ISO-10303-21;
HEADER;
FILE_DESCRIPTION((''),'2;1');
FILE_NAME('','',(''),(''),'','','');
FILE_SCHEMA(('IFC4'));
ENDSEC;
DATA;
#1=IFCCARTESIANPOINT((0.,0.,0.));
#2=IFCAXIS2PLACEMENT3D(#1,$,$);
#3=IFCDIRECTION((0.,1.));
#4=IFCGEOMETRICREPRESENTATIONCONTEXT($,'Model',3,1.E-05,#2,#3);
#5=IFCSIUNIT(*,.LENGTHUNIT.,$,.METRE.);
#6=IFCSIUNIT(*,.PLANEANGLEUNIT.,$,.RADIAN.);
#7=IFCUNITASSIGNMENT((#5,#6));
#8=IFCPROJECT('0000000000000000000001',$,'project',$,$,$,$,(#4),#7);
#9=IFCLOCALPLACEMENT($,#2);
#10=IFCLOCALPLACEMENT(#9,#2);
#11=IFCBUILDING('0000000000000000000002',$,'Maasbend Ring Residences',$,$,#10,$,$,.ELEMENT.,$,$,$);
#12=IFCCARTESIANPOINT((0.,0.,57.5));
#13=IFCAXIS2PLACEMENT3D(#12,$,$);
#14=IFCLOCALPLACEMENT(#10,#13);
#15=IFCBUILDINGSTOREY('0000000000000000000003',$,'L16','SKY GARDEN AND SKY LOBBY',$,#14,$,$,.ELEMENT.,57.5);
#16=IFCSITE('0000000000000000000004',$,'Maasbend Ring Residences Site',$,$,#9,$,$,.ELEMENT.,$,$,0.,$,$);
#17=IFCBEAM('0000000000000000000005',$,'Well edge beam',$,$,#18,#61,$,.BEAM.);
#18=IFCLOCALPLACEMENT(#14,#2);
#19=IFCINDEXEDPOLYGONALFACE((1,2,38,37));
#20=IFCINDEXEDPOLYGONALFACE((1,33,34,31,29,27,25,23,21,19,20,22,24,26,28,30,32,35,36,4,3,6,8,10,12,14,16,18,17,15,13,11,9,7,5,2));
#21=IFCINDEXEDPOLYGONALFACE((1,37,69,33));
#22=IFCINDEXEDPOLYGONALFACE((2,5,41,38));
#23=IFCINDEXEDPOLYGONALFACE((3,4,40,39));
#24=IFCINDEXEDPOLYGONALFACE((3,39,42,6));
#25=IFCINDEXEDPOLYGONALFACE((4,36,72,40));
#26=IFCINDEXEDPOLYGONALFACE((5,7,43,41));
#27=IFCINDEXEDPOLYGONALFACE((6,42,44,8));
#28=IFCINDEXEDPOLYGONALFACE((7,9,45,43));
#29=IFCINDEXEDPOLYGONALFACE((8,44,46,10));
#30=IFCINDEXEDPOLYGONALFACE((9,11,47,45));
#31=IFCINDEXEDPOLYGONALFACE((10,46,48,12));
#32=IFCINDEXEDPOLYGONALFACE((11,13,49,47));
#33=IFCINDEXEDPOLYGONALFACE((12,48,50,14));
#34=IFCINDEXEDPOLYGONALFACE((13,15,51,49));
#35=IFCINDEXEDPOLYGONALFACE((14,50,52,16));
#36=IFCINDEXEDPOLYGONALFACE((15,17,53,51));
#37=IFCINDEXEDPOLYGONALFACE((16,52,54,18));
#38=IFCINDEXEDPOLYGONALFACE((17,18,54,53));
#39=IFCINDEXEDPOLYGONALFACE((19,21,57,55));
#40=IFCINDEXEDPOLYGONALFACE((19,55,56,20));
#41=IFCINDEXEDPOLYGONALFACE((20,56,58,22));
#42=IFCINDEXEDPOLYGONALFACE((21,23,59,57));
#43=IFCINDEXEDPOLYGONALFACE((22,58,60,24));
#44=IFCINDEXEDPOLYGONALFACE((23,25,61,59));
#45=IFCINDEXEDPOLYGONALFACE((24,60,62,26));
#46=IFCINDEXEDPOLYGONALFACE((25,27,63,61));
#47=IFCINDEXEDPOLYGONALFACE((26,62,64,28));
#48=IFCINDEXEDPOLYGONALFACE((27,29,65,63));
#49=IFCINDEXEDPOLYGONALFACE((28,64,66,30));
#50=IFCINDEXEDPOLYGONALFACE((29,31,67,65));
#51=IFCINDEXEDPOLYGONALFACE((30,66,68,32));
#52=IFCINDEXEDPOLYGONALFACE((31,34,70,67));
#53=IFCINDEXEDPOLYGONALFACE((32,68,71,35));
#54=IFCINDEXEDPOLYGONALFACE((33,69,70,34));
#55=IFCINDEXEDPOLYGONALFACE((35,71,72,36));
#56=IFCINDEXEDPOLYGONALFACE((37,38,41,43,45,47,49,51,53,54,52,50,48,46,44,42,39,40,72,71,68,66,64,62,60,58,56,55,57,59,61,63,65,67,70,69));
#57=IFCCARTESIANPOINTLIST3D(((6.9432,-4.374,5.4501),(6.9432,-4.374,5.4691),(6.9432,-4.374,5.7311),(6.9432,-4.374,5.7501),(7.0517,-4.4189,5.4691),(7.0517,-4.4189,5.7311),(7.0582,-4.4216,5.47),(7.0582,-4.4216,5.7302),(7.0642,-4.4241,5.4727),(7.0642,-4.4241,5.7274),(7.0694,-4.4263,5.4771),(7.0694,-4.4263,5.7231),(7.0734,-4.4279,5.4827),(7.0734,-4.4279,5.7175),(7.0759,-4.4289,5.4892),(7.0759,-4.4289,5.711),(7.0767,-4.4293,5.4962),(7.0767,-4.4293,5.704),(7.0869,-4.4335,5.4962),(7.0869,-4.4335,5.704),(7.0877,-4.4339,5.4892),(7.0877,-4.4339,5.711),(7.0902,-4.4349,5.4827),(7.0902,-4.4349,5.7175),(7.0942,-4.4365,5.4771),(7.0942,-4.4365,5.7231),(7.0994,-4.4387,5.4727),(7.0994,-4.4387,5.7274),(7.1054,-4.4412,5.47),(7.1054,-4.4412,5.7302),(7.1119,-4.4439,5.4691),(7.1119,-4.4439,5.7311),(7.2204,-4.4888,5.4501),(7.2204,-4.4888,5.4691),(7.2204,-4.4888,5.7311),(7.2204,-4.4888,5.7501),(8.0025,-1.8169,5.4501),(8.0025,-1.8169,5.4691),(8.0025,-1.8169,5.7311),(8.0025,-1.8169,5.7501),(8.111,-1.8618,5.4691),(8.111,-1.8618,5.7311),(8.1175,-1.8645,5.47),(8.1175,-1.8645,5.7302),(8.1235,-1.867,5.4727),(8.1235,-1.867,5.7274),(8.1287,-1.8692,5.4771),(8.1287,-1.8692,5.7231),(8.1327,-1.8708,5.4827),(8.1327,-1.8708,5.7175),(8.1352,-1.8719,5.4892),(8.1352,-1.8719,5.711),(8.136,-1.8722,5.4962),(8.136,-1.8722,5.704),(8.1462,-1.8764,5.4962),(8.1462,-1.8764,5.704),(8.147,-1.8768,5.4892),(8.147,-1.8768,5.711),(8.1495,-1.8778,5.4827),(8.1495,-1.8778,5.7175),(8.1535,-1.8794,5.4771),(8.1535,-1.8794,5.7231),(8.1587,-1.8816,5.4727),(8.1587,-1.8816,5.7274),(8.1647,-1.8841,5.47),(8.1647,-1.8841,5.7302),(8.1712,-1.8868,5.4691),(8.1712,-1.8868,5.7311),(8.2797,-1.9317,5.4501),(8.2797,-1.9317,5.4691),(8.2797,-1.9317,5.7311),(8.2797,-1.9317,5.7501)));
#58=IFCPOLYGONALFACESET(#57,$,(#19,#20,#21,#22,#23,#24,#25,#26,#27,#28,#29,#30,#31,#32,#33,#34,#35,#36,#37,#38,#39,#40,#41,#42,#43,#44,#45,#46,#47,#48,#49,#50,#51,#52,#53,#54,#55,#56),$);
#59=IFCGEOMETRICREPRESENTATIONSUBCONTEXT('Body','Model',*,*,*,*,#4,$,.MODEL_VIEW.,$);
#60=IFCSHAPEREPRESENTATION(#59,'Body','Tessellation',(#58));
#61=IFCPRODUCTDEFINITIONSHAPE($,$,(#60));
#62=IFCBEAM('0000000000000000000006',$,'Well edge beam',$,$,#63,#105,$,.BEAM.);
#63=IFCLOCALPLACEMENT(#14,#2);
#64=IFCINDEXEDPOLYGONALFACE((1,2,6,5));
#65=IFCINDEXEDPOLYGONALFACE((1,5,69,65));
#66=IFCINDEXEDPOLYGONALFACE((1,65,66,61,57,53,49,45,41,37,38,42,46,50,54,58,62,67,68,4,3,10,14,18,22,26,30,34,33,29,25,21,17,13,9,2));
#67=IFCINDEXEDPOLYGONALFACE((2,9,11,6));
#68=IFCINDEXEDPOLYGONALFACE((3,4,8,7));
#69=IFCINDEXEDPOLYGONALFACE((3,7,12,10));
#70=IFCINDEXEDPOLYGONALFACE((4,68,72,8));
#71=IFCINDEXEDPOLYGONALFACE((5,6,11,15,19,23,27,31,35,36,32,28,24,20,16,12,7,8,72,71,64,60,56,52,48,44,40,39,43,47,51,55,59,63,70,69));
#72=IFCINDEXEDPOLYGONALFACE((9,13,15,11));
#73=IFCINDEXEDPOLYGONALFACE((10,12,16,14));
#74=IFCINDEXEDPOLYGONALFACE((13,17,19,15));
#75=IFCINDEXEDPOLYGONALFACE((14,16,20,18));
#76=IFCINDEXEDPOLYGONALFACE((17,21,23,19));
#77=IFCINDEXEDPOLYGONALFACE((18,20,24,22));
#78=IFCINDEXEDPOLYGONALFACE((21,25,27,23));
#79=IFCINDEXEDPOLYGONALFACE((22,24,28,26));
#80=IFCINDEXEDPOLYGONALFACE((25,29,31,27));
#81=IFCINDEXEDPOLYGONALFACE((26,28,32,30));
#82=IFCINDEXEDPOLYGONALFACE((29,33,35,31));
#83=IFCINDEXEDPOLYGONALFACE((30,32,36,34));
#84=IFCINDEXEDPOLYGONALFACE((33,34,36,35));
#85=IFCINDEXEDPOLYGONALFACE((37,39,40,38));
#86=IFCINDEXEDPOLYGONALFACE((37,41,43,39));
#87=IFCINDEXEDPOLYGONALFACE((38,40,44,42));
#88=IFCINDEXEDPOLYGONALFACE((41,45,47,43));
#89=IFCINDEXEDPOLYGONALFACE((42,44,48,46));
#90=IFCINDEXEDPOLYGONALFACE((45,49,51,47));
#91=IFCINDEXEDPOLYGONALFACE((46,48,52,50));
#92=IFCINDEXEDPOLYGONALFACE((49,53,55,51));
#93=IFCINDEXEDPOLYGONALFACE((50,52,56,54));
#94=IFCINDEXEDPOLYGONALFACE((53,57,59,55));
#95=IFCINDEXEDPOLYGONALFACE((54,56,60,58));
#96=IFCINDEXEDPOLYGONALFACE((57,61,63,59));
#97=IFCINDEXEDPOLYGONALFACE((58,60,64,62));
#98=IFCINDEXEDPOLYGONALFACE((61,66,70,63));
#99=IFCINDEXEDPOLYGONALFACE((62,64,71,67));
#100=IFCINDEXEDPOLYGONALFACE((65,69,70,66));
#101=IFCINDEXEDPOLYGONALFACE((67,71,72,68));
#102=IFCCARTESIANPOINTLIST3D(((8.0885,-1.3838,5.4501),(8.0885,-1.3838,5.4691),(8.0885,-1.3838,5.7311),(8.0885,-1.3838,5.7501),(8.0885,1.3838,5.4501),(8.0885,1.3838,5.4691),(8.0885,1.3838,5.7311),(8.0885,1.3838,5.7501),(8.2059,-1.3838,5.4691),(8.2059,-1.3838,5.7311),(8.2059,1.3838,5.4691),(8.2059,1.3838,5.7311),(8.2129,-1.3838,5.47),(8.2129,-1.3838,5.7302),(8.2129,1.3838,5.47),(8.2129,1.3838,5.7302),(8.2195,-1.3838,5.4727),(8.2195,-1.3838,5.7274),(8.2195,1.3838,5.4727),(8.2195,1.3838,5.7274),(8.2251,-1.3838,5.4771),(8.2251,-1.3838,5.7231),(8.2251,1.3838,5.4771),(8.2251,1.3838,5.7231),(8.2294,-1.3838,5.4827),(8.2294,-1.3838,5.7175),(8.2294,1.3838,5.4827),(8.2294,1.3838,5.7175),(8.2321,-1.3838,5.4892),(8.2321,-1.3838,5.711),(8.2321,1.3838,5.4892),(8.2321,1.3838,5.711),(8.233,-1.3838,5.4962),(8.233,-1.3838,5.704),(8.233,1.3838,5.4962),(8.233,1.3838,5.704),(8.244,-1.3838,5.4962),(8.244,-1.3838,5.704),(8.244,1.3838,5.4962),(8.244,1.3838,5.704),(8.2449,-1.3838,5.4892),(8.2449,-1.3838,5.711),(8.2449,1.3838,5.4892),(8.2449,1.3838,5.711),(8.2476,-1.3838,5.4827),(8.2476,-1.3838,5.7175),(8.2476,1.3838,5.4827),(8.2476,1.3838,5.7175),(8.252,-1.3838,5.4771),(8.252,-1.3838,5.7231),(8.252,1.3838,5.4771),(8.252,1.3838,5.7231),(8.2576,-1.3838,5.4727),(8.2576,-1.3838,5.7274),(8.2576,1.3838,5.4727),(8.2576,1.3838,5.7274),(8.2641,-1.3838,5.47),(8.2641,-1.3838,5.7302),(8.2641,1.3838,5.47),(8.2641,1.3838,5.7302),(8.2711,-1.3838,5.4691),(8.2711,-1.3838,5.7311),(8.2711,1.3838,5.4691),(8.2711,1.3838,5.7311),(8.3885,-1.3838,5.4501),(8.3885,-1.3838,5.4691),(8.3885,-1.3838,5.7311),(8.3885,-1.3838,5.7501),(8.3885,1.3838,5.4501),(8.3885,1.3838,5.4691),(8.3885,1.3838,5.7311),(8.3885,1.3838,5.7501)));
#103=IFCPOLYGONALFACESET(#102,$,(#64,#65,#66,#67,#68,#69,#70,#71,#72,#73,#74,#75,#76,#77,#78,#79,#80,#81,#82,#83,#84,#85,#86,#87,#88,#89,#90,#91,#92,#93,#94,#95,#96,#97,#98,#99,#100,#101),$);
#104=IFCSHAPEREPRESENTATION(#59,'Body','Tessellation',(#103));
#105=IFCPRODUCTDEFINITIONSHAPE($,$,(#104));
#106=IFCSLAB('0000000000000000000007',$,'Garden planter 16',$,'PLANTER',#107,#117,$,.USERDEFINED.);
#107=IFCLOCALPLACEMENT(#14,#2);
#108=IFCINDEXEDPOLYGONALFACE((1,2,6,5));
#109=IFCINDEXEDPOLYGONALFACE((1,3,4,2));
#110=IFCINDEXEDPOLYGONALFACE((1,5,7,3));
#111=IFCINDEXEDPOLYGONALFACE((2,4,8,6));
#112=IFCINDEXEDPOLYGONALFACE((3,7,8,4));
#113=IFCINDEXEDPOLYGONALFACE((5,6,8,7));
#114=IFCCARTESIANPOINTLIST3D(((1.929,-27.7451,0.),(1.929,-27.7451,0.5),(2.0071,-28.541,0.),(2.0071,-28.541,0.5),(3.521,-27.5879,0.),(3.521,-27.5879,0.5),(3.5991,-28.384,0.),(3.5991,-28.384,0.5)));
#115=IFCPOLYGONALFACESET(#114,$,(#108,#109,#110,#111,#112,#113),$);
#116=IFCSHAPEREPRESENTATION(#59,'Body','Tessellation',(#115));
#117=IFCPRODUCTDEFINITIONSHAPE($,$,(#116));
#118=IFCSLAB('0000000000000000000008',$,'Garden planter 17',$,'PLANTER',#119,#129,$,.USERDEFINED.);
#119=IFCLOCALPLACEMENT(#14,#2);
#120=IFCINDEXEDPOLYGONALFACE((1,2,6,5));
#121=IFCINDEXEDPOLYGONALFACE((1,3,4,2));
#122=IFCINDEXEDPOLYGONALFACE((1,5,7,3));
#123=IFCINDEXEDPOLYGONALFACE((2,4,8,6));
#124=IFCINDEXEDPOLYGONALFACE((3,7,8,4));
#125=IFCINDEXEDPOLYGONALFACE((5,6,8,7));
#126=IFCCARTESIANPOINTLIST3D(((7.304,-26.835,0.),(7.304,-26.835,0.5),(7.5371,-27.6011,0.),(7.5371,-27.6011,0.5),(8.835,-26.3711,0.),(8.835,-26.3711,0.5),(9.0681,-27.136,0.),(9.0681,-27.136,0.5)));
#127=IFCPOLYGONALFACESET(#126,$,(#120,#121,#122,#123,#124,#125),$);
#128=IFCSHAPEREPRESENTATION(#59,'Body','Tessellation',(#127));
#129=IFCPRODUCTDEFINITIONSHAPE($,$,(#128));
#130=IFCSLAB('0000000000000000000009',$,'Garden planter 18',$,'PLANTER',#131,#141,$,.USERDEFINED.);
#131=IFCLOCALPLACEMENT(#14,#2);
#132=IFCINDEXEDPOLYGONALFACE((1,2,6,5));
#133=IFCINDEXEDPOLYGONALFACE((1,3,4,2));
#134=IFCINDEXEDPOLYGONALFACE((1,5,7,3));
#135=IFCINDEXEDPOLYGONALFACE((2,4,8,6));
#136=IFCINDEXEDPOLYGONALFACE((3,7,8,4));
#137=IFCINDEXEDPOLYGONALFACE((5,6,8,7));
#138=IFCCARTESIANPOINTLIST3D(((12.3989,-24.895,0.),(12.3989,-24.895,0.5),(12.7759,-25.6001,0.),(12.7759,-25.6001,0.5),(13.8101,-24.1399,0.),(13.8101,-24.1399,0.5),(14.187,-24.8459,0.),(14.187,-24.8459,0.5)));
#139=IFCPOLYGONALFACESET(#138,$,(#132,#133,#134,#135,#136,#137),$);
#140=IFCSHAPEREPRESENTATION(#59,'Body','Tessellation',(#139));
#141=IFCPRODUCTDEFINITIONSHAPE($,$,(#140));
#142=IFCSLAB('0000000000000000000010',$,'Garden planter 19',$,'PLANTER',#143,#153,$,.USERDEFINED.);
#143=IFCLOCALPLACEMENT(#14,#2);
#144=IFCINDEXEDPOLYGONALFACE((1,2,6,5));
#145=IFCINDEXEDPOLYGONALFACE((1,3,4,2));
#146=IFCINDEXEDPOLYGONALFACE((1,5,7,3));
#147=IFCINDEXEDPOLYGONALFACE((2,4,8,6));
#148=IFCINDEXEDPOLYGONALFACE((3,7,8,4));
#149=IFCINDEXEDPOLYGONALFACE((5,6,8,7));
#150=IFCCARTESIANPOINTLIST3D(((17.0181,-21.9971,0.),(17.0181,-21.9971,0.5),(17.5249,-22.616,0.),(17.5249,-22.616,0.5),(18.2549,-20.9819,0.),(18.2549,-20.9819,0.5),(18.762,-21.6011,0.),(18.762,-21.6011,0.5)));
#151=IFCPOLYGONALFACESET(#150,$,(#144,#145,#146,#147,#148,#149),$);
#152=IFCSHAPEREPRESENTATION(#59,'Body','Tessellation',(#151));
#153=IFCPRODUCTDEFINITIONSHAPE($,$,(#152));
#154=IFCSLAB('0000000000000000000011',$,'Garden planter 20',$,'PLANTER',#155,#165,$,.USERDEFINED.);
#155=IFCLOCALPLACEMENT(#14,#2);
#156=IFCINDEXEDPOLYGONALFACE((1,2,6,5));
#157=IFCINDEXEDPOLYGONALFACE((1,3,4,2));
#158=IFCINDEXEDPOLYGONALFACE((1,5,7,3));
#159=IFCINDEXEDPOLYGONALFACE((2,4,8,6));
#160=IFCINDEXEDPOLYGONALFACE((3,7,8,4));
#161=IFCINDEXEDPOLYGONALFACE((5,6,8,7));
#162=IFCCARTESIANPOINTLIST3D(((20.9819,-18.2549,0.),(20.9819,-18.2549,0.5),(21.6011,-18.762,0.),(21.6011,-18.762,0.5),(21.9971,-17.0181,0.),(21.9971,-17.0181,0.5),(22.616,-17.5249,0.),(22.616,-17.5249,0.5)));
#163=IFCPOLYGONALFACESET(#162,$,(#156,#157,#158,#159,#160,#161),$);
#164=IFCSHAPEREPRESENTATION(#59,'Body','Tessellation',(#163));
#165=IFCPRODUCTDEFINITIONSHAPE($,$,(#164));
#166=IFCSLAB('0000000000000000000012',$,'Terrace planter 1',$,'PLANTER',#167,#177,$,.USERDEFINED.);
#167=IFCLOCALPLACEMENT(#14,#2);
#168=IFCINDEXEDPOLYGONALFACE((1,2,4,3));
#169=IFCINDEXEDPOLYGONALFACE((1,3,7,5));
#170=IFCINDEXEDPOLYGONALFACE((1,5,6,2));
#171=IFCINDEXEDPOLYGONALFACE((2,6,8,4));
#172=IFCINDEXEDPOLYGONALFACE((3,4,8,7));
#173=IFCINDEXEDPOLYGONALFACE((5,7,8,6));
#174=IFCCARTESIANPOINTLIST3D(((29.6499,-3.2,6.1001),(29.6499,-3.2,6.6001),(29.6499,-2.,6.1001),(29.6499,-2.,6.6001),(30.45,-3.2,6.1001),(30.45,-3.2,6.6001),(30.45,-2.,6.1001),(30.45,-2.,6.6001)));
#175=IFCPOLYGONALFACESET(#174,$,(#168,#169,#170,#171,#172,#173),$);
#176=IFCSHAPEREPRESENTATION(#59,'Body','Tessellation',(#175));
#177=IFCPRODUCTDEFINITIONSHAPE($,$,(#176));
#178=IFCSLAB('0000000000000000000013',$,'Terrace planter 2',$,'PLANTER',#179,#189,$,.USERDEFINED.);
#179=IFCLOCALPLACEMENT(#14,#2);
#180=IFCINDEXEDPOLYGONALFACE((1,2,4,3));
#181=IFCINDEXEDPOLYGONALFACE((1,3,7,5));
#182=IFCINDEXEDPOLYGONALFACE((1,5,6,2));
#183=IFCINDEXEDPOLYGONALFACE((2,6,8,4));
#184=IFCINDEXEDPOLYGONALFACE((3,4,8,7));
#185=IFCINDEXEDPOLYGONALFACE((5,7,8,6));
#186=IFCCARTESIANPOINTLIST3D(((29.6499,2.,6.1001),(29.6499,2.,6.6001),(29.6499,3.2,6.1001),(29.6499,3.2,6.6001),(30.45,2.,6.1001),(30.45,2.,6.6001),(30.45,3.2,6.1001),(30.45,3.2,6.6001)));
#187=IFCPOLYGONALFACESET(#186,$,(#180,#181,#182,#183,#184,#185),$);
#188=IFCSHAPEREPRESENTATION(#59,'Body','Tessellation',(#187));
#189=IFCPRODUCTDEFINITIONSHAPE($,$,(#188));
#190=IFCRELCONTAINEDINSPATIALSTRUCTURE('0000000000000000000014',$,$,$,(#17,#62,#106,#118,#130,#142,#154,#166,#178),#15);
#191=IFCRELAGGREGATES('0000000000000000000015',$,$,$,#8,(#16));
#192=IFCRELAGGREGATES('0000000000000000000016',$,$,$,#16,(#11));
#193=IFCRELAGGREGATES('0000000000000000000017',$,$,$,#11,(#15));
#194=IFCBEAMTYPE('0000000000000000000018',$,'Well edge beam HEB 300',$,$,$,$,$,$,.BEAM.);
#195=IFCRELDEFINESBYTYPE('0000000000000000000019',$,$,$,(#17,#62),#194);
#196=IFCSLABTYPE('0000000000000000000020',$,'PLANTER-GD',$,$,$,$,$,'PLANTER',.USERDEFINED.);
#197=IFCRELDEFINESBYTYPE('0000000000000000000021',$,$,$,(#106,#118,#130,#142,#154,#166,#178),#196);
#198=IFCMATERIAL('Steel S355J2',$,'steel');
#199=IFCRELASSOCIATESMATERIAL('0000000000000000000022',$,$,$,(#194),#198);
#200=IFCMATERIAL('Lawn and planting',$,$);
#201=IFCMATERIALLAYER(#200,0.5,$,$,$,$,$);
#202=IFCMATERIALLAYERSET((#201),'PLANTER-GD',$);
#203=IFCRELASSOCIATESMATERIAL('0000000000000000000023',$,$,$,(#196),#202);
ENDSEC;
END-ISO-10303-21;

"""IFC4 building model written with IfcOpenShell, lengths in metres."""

from ifc_helpers import new_model, si_unit, direction, frame, origin, origin_2d, place, context, subcontext, project, spatial, polyline, i_section, outline, extrude, material, layer, layer_set, material_profile, profile_set, type_object, element, save


model = new_model("IFC4")

# Units and contexts
model_context = context("Model", 3, precision=1e-05, world=origin(), true_north=direction((0.0, 1.0)))
body_context = subcontext(model_context, "Body", "Model", "MODEL_VIEW")
ifc_project = project(units=[si_unit("LENGTHUNIT", "METRE"), si_unit("PLANEANGLEUNIT", "RADIAN")], contexts=[model_context])

# Site, building, storey
site_placement = place(None, origin())
site = spatial("IfcSite", under=ifc_project, at=site_placement, Name="Maasbend Ring Residences Site", CompositionType="ELEMENT", RefElevation=0.0)
building_placement = place(site_placement, origin())
building = spatial("IfcBuilding", under=site, at=building_placement, Name="Maasbend Ring Residences", CompositionType="ELEMENT")
storey_placement = place(building_placement, frame((0.0, 0.0, 57.5)))
storey = spatial("IfcBuildingStorey", under=building, at=storey_placement, Name="L16", Description="SKY GARDEN AND SKY LOBBY", CompositionType="ELEMENT", Elevation=57.5)

# Beams
ifc_material_1 = material(Name="Steel S355J2", Category="steel")
ifc_material_profile_1 = material_profile(ifc_material_1, i_section(OverallWidth=0.3, OverallDepth=0.3, WebThickness=0.011, FlangeThickness=0.019, FilletRadius=0.0271, at=origin_2d()), Name="HEB 300")
ifc_profile_set_1 = profile_set([ifc_material_profile_1], Name="Steel S355J2")
beam_type = type_object("IfcBeamType", Name="Well edge beam HEB 300", PredefinedType="BEAM", material=ifc_profile_set_1)
beam_1_placement = place(storey_placement, frame((7.0818, -4.4314, 5.6001), z_axis=(0.382723, 0.923863, 0.0), x_axis=(-0.923863, 0.382723, 0.0)))
element("IfcBeam", 1, at=beam_1_placement, inside=storey, type_object=beam_type, Name="Well edge beam", PredefinedType="BEAM", context=body_context, shape_type="SweptSolid", body=[
    extrude(i_section(OverallWidth=0.3, OverallDepth=0.3, WebThickness=0.011, FlangeThickness=0.019, FilletRadius=0.0271, at=origin_2d()), origin(), (0.0, 0.0, 1.0), 2.7678),
])
beam_2_placement = place(storey_placement, frame((8.2385, -1.3838, 5.6001), z_axis=(0.0, 1.0, 0.0), x_axis=(-1.0, 0.0, 0.0)))
element("IfcBeam", 2, at=beam_2_placement, inside=storey, type_object=beam_type, Name="Well edge beam", PredefinedType="BEAM", context=body_context, shape_type="SweptSolid", body=[
    extrude(i_section(OverallWidth=0.3, OverallDepth=0.3, WebThickness=0.011, FlangeThickness=0.019, FilletRadius=0.0271, at=origin_2d()), origin(), (0.0, 0.0, 1.0), 2.7676),
])

# Slabs
ifc_material_2 = material(Name="Lawn and planting")
ifc_layer_1 = layer(ifc_material_2, 0.5)
ifc_layer_set_1 = layer_set([ifc_layer_1], Name="PLANTER-GD")
slab_type_1 = type_object("IfcSlabType", Name="PLANTER-GD", ElementType="PLANTER", PredefinedType="USERDEFINED", material=ifc_layer_set_1)
slab_1_placement = place(storey_placement, origin())
element("IfcSlab", 3, at=slab_1_placement, inside=storey, type_object=slab_type_1, Name="Garden planter 16", ObjectType="PLANTER", PredefinedType="USERDEFINED", context=body_context, shape_type="SweptSolid", body=[
    extrude(outline(polyline([(2.0071, -28.541), (3.5991, -28.384), (3.521, -27.5879), (1.929, -27.7451), (2.0071, -28.541)])), origin(), (0.0, 0.0, 1.0), 0.5),
])
slab_2_placement = place(storey_placement, origin())
element("IfcSlab", 4, at=slab_2_placement, inside=storey, type_object=slab_type_1, Name="Garden planter 17", ObjectType="PLANTER", PredefinedType="USERDEFINED", context=body_context, shape_type="SweptSolid", body=[
    extrude(outline(polyline([(7.5371, -27.6011), (9.0681, -27.136), (8.835, -26.3711), (7.304, -26.835), (7.5371, -27.6011)])), origin(), (0.0, 0.0, 1.0), 0.5),
])
slab_3_placement = place(storey_placement, origin())
element("IfcSlab", 5, at=slab_3_placement, inside=storey, type_object=slab_type_1, Name="Garden planter 18", ObjectType="PLANTER", PredefinedType="USERDEFINED", context=body_context, shape_type="SweptSolid", body=[
    extrude(outline(polyline([(12.7759, -25.6001), (14.187, -24.8459), (13.8101, -24.1399), (12.3989, -24.895), (12.7759, -25.6001)])), origin(), (0.0, 0.0, 1.0), 0.5),
])
slab_4_placement = place(storey_placement, origin())
element("IfcSlab", 6, at=slab_4_placement, inside=storey, type_object=slab_type_1, Name="Garden planter 19", ObjectType="PLANTER", PredefinedType="USERDEFINED", context=body_context, shape_type="SweptSolid", body=[
    extrude(outline(polyline([(17.5249, -22.616), (18.762, -21.6011), (18.2549, -20.9819), (17.0181, -21.9971), (17.5249, -22.616)])), origin(), (0.0, 0.0, 1.0), 0.5),
])
slab_5_placement = place(storey_placement, origin())
element("IfcSlab", 7, at=slab_5_placement, inside=storey, type_object=slab_type_1, Name="Garden planter 20", ObjectType="PLANTER", PredefinedType="USERDEFINED", context=body_context, shape_type="SweptSolid", body=[
    extrude(outline(polyline([(21.6011, -18.762), (22.616, -17.5249), (21.9971, -17.0181), (20.9819, -18.2549), (21.6011, -18.762)])), origin(), (0.0, 0.0, 1.0), 0.5),
])
slab_6_placement = place(storey_placement, frame((0.0, 0.0, 6.1001)))
element("IfcSlab", 8, at=slab_6_placement, inside=storey, type_object=slab_type_1, Name="Terrace planter 1", ObjectType="PLANTER", PredefinedType="USERDEFINED", context=body_context, shape_type="SweptSolid", body=[
    extrude(outline(polyline([(29.6499, -3.2), (30.45, -3.2), (30.45, -2.0), (29.6499, -2.0), (29.6499, -3.2)])), origin(), (0.0, 0.0, 1.0), 0.5),
])
slab_7_placement = place(storey_placement, frame((0.0, 0.0, 6.1001)))
element("IfcSlab", 9, at=slab_7_placement, inside=storey, type_object=slab_type_1, Name="Terrace planter 2", ObjectType="PLANTER", PredefinedType="USERDEFINED", context=body_context, shape_type="SweptSolid", body=[
    extrude(outline(polyline([(29.6499, 2.0), (30.45, 2.0), (30.45, 3.2), (29.6499, 3.2), (29.6499, 2.0)])), origin(), (0.0, 0.0, 1.0), 0.5),
])

save(model, "model.ifc")
